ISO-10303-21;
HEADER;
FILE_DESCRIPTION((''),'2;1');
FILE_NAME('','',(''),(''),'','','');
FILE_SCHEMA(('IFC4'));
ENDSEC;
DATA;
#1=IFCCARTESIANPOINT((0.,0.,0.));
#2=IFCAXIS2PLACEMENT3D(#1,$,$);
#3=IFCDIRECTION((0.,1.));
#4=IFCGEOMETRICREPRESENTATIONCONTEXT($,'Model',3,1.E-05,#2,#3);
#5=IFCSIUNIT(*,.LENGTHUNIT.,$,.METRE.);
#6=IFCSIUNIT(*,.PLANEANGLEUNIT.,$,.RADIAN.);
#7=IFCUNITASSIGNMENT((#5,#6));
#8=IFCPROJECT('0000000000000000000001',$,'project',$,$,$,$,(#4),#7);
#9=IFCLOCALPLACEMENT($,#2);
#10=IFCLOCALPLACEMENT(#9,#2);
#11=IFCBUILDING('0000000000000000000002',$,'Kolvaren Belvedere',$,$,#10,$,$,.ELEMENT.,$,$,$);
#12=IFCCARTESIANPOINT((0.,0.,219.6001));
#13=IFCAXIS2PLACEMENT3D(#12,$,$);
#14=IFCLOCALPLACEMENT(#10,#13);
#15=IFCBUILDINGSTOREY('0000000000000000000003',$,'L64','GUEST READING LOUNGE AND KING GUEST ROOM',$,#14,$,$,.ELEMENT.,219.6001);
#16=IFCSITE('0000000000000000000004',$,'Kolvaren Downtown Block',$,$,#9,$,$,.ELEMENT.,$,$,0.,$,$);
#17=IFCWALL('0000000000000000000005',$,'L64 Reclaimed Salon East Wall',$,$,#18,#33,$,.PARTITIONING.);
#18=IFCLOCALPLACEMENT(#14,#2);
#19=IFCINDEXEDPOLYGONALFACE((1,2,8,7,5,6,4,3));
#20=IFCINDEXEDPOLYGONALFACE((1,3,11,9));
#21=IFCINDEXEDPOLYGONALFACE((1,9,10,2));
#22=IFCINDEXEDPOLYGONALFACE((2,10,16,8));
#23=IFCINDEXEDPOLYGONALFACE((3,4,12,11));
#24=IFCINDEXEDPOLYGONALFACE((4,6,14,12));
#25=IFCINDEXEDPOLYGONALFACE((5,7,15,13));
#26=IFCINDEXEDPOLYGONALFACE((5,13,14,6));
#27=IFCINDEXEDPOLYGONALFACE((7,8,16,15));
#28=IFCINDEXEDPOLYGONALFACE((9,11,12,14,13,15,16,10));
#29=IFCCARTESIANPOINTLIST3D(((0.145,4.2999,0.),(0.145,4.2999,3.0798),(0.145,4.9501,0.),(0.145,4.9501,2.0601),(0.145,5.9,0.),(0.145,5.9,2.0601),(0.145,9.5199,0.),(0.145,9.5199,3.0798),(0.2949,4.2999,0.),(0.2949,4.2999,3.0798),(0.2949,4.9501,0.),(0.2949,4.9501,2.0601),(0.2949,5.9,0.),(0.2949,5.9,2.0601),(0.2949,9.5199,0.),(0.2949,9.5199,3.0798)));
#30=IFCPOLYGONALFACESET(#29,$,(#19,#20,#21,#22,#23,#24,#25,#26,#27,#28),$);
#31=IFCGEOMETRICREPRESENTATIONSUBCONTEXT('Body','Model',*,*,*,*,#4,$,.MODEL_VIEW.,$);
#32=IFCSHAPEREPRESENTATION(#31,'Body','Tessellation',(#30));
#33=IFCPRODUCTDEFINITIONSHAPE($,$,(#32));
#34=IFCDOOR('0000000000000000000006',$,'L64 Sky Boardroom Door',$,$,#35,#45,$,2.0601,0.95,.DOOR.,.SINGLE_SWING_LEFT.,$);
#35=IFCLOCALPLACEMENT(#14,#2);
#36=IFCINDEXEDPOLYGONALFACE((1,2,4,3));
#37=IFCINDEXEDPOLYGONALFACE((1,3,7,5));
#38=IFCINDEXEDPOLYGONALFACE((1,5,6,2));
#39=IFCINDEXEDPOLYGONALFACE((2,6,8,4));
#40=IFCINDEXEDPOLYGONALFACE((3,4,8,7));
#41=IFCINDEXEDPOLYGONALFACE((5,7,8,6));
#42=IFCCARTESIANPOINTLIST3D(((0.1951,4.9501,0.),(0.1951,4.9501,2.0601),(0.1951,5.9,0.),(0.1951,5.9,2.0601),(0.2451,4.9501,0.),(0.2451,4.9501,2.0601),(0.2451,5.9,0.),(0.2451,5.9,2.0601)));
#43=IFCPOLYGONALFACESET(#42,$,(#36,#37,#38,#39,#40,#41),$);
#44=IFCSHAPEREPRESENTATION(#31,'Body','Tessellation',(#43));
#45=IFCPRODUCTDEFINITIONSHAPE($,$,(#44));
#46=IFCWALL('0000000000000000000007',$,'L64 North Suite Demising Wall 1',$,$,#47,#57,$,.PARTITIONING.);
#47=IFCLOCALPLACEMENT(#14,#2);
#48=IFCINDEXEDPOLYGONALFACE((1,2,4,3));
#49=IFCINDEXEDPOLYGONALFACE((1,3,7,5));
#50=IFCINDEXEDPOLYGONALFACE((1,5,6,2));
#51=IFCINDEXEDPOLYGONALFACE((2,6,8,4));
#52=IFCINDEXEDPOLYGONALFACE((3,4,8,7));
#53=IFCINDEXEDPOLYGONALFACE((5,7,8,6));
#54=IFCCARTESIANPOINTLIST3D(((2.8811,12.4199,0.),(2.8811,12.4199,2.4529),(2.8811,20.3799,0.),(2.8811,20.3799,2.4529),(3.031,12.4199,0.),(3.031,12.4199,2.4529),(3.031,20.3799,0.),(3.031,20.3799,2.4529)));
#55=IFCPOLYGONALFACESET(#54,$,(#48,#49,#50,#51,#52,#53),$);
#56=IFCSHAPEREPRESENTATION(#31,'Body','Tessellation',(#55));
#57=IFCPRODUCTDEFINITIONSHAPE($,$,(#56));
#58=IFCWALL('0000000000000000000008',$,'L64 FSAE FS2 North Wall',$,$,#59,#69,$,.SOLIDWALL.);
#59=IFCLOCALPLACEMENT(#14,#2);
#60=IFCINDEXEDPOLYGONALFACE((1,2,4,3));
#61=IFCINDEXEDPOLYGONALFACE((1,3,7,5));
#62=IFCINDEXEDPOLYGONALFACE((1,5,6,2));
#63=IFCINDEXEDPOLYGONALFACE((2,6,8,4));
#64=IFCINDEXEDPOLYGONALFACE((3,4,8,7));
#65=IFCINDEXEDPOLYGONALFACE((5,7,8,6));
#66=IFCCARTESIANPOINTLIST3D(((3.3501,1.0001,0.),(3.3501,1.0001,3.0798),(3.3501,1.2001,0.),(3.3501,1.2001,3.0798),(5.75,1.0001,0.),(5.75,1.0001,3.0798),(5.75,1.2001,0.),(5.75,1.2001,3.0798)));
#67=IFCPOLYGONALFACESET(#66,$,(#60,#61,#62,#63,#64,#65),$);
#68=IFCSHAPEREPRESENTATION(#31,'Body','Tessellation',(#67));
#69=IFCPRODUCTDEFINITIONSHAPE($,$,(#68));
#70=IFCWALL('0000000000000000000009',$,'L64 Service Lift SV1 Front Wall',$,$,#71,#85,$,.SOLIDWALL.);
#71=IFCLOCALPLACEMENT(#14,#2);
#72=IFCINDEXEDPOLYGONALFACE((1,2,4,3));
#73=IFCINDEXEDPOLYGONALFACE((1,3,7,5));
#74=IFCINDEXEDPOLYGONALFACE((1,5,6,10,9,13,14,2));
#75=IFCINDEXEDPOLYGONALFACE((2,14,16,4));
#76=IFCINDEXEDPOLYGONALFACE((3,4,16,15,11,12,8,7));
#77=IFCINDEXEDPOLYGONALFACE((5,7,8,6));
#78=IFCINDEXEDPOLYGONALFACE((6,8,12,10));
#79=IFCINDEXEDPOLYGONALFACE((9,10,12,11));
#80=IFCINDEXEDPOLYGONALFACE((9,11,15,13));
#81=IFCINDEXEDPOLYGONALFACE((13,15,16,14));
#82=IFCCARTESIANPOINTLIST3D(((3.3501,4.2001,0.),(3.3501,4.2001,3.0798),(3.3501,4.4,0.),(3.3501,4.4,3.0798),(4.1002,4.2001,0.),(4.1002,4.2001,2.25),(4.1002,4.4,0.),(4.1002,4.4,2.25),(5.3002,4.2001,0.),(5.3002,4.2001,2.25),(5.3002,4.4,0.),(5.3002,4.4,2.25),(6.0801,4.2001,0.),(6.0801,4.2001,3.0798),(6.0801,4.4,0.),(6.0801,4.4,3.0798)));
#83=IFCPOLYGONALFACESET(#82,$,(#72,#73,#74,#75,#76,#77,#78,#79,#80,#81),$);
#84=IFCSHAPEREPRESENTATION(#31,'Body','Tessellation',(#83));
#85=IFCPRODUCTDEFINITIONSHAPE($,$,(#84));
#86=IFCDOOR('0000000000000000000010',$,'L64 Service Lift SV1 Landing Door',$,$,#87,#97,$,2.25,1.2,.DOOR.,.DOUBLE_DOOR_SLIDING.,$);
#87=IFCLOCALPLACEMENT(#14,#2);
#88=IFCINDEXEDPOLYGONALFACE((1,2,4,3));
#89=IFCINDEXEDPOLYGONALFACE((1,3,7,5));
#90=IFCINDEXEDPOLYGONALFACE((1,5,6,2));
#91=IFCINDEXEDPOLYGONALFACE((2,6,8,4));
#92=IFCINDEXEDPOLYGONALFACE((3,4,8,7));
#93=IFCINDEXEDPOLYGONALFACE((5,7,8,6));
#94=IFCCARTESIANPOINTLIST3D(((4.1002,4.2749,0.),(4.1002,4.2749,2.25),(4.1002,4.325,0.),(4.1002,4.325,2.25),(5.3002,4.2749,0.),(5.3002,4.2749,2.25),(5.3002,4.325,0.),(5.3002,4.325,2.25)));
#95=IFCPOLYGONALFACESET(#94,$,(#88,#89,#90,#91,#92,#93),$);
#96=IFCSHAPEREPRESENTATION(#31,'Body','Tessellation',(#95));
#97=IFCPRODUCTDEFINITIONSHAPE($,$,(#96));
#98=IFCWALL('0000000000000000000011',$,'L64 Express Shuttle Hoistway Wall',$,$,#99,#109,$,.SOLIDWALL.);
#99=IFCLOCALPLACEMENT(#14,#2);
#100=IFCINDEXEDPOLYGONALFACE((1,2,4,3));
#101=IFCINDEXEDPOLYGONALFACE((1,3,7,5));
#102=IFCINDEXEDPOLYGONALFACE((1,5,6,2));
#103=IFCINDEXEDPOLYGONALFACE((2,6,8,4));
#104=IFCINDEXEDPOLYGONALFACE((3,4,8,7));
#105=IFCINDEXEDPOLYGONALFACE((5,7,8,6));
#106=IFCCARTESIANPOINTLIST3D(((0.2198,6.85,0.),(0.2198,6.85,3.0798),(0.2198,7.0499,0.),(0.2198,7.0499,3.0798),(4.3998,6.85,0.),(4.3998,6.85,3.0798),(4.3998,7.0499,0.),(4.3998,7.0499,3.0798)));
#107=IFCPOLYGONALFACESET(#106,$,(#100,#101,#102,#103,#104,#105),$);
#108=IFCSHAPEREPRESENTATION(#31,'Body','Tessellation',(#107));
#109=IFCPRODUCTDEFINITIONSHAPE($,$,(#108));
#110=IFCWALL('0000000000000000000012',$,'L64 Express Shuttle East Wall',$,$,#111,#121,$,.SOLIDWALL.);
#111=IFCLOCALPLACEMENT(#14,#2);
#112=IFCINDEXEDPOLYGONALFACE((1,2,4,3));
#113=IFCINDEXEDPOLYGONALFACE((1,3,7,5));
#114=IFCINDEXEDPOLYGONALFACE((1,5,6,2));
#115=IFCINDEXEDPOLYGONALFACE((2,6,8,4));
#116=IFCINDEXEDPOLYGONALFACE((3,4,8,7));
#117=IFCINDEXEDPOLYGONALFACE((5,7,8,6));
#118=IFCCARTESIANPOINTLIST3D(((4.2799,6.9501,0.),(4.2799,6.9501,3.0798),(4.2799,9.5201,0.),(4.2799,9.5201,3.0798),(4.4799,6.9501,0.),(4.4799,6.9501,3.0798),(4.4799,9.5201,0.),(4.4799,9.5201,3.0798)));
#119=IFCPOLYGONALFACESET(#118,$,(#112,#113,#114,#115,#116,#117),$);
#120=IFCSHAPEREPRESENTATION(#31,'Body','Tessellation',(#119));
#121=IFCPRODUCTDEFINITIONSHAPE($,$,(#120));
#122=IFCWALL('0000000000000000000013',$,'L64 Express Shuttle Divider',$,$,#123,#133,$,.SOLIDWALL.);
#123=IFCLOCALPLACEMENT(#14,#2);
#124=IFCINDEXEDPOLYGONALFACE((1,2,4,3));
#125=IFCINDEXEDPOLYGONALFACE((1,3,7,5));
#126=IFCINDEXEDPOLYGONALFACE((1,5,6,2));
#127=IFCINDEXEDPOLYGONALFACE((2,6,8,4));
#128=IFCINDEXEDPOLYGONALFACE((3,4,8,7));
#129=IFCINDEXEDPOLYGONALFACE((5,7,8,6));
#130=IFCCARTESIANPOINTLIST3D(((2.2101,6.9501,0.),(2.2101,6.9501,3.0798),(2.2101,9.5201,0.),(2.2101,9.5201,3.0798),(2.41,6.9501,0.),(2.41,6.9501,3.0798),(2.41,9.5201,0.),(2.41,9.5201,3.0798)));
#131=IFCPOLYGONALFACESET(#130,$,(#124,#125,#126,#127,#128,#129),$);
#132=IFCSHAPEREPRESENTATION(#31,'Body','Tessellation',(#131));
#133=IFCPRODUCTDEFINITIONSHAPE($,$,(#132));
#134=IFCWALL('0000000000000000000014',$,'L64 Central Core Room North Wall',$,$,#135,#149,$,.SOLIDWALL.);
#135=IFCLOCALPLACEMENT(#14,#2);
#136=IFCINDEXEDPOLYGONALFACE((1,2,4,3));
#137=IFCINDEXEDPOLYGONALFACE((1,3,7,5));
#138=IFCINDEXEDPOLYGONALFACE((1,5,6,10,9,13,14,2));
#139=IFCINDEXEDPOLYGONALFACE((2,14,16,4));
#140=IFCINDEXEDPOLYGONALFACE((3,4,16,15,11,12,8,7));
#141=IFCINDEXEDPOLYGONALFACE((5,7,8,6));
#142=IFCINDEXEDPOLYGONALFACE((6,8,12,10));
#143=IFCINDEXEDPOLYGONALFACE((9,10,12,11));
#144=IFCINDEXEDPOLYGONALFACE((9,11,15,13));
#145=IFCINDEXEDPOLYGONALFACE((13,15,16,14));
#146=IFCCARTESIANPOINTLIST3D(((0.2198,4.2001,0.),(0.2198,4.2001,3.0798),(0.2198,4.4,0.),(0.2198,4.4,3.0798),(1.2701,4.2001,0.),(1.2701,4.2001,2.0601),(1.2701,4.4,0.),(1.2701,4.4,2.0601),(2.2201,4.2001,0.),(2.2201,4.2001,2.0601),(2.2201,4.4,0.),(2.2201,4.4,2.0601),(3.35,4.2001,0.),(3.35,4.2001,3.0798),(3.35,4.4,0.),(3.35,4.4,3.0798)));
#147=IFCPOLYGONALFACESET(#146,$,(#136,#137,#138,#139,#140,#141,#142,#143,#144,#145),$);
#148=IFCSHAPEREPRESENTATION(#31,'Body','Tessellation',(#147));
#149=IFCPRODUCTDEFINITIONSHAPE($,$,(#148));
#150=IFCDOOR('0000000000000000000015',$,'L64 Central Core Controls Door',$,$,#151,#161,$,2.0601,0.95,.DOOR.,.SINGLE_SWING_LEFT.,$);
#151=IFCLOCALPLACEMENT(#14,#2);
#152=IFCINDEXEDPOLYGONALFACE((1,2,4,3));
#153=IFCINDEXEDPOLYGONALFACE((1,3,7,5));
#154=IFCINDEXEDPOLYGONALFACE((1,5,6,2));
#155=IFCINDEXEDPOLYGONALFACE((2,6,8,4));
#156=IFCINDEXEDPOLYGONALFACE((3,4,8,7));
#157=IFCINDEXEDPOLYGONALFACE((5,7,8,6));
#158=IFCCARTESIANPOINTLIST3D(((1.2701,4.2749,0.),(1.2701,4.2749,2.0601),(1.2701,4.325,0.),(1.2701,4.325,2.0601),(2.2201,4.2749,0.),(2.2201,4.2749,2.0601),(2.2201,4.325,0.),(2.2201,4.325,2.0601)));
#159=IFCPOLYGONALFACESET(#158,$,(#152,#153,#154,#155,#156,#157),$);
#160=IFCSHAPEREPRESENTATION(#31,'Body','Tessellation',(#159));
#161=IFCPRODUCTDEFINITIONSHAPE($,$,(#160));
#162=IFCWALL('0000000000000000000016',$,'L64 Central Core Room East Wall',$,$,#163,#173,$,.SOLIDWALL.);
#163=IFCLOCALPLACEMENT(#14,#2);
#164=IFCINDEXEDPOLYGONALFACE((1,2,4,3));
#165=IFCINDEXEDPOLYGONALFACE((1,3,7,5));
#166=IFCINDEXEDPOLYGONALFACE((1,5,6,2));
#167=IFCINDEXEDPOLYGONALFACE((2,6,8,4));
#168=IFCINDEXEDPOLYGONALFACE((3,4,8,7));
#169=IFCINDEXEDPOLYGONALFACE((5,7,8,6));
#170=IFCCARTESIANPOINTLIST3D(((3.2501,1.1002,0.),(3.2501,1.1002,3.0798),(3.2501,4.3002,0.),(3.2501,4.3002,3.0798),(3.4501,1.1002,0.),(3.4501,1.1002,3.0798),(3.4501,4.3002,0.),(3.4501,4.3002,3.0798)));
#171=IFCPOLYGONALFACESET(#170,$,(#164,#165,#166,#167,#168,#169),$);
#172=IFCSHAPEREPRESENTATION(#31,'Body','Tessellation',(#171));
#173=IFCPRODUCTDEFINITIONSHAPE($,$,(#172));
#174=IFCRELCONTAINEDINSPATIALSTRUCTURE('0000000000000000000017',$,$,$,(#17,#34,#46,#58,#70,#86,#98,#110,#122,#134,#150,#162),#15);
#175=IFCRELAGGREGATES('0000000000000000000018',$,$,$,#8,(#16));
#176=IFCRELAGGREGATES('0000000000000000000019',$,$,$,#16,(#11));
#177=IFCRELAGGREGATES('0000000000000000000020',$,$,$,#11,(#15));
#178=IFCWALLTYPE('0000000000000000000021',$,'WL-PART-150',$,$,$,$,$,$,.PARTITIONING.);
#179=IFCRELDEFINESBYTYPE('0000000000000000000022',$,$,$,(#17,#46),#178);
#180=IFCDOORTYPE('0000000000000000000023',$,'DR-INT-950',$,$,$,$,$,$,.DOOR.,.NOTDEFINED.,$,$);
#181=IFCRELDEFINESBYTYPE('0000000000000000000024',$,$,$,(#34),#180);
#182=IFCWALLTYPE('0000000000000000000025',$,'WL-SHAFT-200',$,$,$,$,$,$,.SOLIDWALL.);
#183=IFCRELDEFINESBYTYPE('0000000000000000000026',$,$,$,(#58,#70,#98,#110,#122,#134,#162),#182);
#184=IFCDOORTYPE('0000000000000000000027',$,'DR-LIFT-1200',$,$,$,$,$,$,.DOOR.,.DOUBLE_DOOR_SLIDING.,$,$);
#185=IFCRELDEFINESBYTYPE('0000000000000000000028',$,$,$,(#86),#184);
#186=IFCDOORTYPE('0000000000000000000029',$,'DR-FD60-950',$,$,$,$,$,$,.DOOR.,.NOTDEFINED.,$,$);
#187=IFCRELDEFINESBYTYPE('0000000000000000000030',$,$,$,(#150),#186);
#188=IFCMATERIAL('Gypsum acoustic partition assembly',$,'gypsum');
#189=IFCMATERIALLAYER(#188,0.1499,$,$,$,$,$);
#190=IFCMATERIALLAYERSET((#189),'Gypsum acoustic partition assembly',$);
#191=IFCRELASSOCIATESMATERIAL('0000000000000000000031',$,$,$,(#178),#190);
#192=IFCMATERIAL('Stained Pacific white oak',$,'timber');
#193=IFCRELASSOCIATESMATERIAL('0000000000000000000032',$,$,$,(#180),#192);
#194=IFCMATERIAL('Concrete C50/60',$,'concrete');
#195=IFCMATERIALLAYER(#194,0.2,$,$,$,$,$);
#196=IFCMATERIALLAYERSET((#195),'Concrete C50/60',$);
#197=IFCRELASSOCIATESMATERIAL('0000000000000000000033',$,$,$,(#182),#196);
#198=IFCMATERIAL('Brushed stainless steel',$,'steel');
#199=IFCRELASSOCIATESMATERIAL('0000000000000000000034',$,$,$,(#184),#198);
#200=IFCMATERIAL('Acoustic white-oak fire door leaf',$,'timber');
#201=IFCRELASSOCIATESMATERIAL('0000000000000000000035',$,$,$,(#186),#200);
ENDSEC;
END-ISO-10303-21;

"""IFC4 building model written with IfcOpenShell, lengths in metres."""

from ifc_helpers import new_model, si_unit, direction, frame, frame_2d, origin, place, context, subcontext, project, spatial, rectangle, extrude, material, layer, layer_set, type_object, element, fill, save


model = new_model("IFC4")

# Units and contexts
model_context = context("Model", 3, precision=1e-05, world=origin(), true_north=direction((0.0, 1.0)))
body_context = subcontext(model_context, "Body", "Model", "MODEL_VIEW")
ifc_project = project(units=[si_unit("LENGTHUNIT", "METRE"), si_unit("PLANEANGLEUNIT", "RADIAN")], contexts=[model_context])

# Site, building, storey
site_placement = place(None, origin())
site = spatial("IfcSite", under=ifc_project, at=site_placement, Name="Kolvaren Downtown Block", CompositionType="ELEMENT", RefElevation=0.0)
building_placement = place(site_placement, origin())
building = spatial("IfcBuilding", under=site, at=building_placement, Name="Kolvaren Belvedere", CompositionType="ELEMENT")
storey_placement = place(building_placement, frame((0.0, 0.0, 219.6001)))
storey = spatial("IfcBuildingStorey", under=building, at=storey_placement, Name="L64", Description="GUEST READING LOUNGE AND KING GUEST ROOM", CompositionType="ELEMENT", Elevation=219.6001)

# Wall, opening, door
ifc_material_1 = material(Name="Gypsum acoustic partition assembly", Category="gypsum")
ifc_layer_1 = layer(ifc_material_1, 0.1499)
ifc_layer_set_1 = layer_set([ifc_layer_1], Name="Gypsum acoustic partition assembly")
wall_type_1 = type_object("IfcWallType", Name="WL-PART-150", PredefinedType="PARTITIONING", material=ifc_layer_set_1)
wall_1_placement = place(storey_placement, frame((0.22, 4.3, 0.0), z_axis=(0.0, 0.0, 1.0), x_axis=(0.0, 1.0, 0.0)))
wall_1 = element("IfcWall", 1, at=wall_1_placement, inside=storey, type_object=wall_type_1, Name="L64 Reclaimed Salon East Wall", PredefinedType="PARTITIONING", context=body_context, shape_type="SweptSolid", body=[
    extrude(rectangle(XDim=5.22, YDim=0.1499, at=frame_2d((2.6099, 0.0))), origin(), (0.0, 0.0, 1.0), 3.0798),
])
opening_1_placement = place(wall_1_placement, frame((0.6499, 0.0, 0.0)))
opening_1 = element("IfcOpeningElement", 2, at=opening_1_placement, cuts=wall_1, PredefinedType="OPENING", context=body_context, shape_type="SweptSolid", body=[
    extrude(rectangle(XDim=0.95, YDim=2.0601, at=frame_2d((0.4751, 1.03))), frame((0.0, 0.085, 0.0), z_axis=(0.0, -1.0, 0.0), x_axis=(1.0, 0.0, 0.0)), (0.0, 0.0, 1.0), 0.1699),
])
ifc_material_2 = material(Name="Stained Pacific white oak", Category="timber")
door_type_1 = type_object("IfcDoorType", Name="DR-INT-950", OperationType="NOTDEFINED", PredefinedType="DOOR", material=ifc_material_2)
door_1_placement = place(opening_1_placement, origin())
door_1 = element("IfcDoor", 3, at=door_1_placement, inside=storey, type_object=door_type_1, Name="L64 Sky Boardroom Door", OperationType="SINGLE_SWING_LEFT", OverallHeight=2.0601, OverallWidth=0.95, PredefinedType="DOOR", context=body_context, shape_type="SweptSolid", body=[
    extrude(rectangle(XDim=0.95, YDim=2.0601, at=frame_2d((0.4751, 1.03))), frame((0.0, 0.0249, 0.0), z_axis=(0.0, -1.0, 0.0), x_axis=(1.0, 0.0, 0.0)), (0.0, 0.0, 1.0), 0.05),
])
fill(opening_1, door_1)

# Walls
wall_2_placement = place(storey_placement, frame((2.9561, 12.4199, 0.0), z_axis=(0.0, 0.0, 1.0), x_axis=(0.0, 1.0, 0.0)))
element("IfcWall", 4, at=wall_2_placement, inside=storey, type_object=wall_type_1, Name="L64 North Suite Demising Wall 1", PredefinedType="PARTITIONING", context=body_context, shape_type="SweptSolid", body=[
    extrude(rectangle(XDim=7.96, YDim=0.1499, at=frame_2d((3.98, 0.0))), origin(), (0.0, 0.0, 1.0), 2.4529),
])
ifc_material_3 = material(Name="Concrete C50/60", Category="concrete")
ifc_layer_2 = layer(ifc_material_3, 0.2)
ifc_layer_set_2 = layer_set([ifc_layer_2], Name="Concrete C50/60")
wall_type_2 = type_object("IfcWallType", Name="WL-SHAFT-200", PredefinedType="SOLIDWALL", material=ifc_layer_set_2)
wall_3_placement = place(storey_placement, frame((3.3501, 1.1001, 0.0), z_axis=(0.0, 0.0, 1.0), x_axis=(1.0, 0.0, 0.0)))
element("IfcWall", 5, at=wall_3_placement, inside=storey, type_object=wall_type_2, Name="L64 FSAE FS2 North Wall", PredefinedType="SOLIDWALL", context=body_context, shape_type="SweptSolid", body=[
    extrude(rectangle(XDim=2.3999, YDim=0.2, at=frame_2d((1.2, 0.0))), origin(), (0.0, 0.0, 1.0), 3.0798),
])

# Wall, opening, door
wall_4_placement = place(storey_placement, frame((3.3501, 4.3, 0.0), z_axis=(0.0, 0.0, 1.0), x_axis=(1.0, 0.0, 0.0)))
wall_4 = element("IfcWall", 6, at=wall_4_placement, inside=storey, type_object=wall_type_2, Name="L64 Service Lift SV1 Front Wall", PredefinedType="SOLIDWALL", context=body_context, shape_type="SweptSolid", body=[
    extrude(rectangle(XDim=2.73, YDim=0.2, at=frame_2d((1.365, 0.0))), origin(), (0.0, 0.0, 1.0), 3.0798),
])
opening_2_placement = place(wall_4_placement, frame((0.75, 0.0, 0.0)))
opening_2 = element("IfcOpeningElement", 7, at=opening_2_placement, cuts=wall_4, PredefinedType="OPENING", context=body_context, shape_type="SweptSolid", body=[
    extrude(rectangle(XDim=1.2, YDim=2.25, at=frame_2d((0.6001, 1.125))), frame((0.0, 0.1099, 0.0), z_axis=(0.0, -1.0, 0.0), x_axis=(1.0, 0.0, 0.0)), (0.0, 0.0, 1.0), 0.22),
])
ifc_material_4 = material(Name="Brushed stainless steel", Category="steel")
door_type_2 = type_object("IfcDoorType", Name="DR-LIFT-1200", OperationType="DOUBLE_DOOR_SLIDING", PredefinedType="DOOR", material=ifc_material_4)
door_2_placement = place(opening_2_placement, origin())
door_2 = element("IfcDoor", 8, at=door_2_placement, inside=storey, type_object=door_type_2, Name="L64 Service Lift SV1 Landing Door", OperationType="DOUBLE_DOOR_SLIDING", OverallHeight=2.25, OverallWidth=1.2, PredefinedType="DOOR", context=body_context, shape_type="SweptSolid", body=[
    extrude(rectangle(XDim=1.2, YDim=2.25, at=frame_2d((0.6001, 1.125))), frame((0.0, 0.0249, 0.0), z_axis=(0.0, -1.0, 0.0), x_axis=(1.0, 0.0, 0.0)), (0.0, 0.0, 1.0), 0.05),
])
fill(opening_2, door_2)

# Walls
wall_5_placement = place(storey_placement, frame((0.22, 6.95, 0.0), z_axis=(0.0, 0.0, 1.0), x_axis=(1.0, 0.0, 0.0)))
element("IfcWall", 9, at=wall_5_placement, inside=storey, type_object=wall_type_2, Name="L64 Express Shuttle Hoistway Wall", PredefinedType="SOLIDWALL", context=body_context, shape_type="SweptSolid", body=[
    extrude(rectangle(XDim=4.1799, YDim=0.2, at=frame_2d((2.0898, 0.0))), origin(), (0.0, 0.0, 1.0), 3.0798),
])
for number, where, z_axis, x_axis, name in (
    (10, (4.3799, 6.95, 0.0), (0.0, 0.0, 1.0), (0.0, 1.0, 0.0), "L64 Express Shuttle East Wall"),
    (11, (2.3101, 6.95, 0.0), (0.0, 0.0, 1.0), (0.0, 1.0, 0.0), "L64 Express Shuttle Divider"),
):
    element("IfcWall", number, at=place(storey_placement, frame(where, z_axis=z_axis, x_axis=x_axis)), inside=storey, type_object=wall_type_2, Name=name, PredefinedType="SOLIDWALL", context=body_context, shape_type="SweptSolid", body=[
        extrude(rectangle(XDim=2.5701, YDim=0.2, at=frame_2d((1.2852, 0.0))), origin(), (0.0, 0.0, 1.0), 3.0798),
    ])

# Wall, opening, door
wall_6_placement = place(storey_placement, frame((0.22, 4.3, 0.0), z_axis=(0.0, 0.0, 1.0), x_axis=(1.0, 0.0, 0.0)))
wall_6 = element("IfcWall", 12, at=wall_6_placement, inside=storey, type_object=wall_type_2, Name="L64 Central Core Room North Wall", PredefinedType="SOLIDWALL", context=body_context, shape_type="SweptSolid", body=[
    extrude(rectangle(XDim=3.1301, YDim=0.2, at=frame_2d((1.5649, 0.0))), origin(), (0.0, 0.0, 1.0), 3.0798),
])
opening_3_placement = place(wall_6_placement, frame((1.05, 0.0, 0.0)))
opening_3 = element("IfcOpeningElement", 13, at=opening_3_placement, cuts=wall_6, PredefinedType="OPENING", context=body_context, shape_type="SweptSolid", body=[
    extrude(rectangle(XDim=0.95, YDim=2.0601, at=frame_2d((0.4751, 1.03))), frame((0.0, 0.1099, 0.0), z_axis=(0.0, -1.0, 0.0), x_axis=(1.0, 0.0, 0.0)), (0.0, 0.0, 1.0), 0.22),
])
ifc_material_5 = material(Name="Acoustic white-oak fire door leaf", Category="timber")
door_type_3 = type_object("IfcDoorType", Name="DR-FD60-950", OperationType="NOTDEFINED", PredefinedType="DOOR", material=ifc_material_5)
door_3_placement = place(opening_3_placement, origin())
door_3 = element("IfcDoor", 14, at=door_3_placement, inside=storey, type_object=door_type_3, Name="L64 Central Core Controls Door", OperationType="SINGLE_SWING_LEFT", OverallHeight=2.0601, OverallWidth=0.95, PredefinedType="DOOR", context=body_context, shape_type="SweptSolid", body=[
    extrude(rectangle(XDim=0.95, YDim=2.0601, at=frame_2d((0.4751, 1.03))), frame((0.0, 0.0249, 0.0), z_axis=(0.0, -1.0, 0.0), x_axis=(1.0, 0.0, 0.0)), (0.0, 0.0, 1.0), 0.05),
])
fill(opening_3, door_3)

# Wall
wall_7_placement = place(storey_placement, frame((3.3501, 1.1001, 0.0), z_axis=(0.0, 0.0, 1.0), x_axis=(0.0, 1.0, 0.0)))
element("IfcWall", 15, at=wall_7_placement, inside=storey, type_object=wall_type_2, Name="L64 Central Core Room East Wall", PredefinedType="SOLIDWALL", context=body_context, shape_type="SweptSolid", body=[
    extrude(rectangle(XDim=3.2, YDim=0.2, at=frame_2d((1.6001, 0.0))), origin(), (0.0, 0.0, 1.0), 3.0798),
])

save(model, "model.ifc")
